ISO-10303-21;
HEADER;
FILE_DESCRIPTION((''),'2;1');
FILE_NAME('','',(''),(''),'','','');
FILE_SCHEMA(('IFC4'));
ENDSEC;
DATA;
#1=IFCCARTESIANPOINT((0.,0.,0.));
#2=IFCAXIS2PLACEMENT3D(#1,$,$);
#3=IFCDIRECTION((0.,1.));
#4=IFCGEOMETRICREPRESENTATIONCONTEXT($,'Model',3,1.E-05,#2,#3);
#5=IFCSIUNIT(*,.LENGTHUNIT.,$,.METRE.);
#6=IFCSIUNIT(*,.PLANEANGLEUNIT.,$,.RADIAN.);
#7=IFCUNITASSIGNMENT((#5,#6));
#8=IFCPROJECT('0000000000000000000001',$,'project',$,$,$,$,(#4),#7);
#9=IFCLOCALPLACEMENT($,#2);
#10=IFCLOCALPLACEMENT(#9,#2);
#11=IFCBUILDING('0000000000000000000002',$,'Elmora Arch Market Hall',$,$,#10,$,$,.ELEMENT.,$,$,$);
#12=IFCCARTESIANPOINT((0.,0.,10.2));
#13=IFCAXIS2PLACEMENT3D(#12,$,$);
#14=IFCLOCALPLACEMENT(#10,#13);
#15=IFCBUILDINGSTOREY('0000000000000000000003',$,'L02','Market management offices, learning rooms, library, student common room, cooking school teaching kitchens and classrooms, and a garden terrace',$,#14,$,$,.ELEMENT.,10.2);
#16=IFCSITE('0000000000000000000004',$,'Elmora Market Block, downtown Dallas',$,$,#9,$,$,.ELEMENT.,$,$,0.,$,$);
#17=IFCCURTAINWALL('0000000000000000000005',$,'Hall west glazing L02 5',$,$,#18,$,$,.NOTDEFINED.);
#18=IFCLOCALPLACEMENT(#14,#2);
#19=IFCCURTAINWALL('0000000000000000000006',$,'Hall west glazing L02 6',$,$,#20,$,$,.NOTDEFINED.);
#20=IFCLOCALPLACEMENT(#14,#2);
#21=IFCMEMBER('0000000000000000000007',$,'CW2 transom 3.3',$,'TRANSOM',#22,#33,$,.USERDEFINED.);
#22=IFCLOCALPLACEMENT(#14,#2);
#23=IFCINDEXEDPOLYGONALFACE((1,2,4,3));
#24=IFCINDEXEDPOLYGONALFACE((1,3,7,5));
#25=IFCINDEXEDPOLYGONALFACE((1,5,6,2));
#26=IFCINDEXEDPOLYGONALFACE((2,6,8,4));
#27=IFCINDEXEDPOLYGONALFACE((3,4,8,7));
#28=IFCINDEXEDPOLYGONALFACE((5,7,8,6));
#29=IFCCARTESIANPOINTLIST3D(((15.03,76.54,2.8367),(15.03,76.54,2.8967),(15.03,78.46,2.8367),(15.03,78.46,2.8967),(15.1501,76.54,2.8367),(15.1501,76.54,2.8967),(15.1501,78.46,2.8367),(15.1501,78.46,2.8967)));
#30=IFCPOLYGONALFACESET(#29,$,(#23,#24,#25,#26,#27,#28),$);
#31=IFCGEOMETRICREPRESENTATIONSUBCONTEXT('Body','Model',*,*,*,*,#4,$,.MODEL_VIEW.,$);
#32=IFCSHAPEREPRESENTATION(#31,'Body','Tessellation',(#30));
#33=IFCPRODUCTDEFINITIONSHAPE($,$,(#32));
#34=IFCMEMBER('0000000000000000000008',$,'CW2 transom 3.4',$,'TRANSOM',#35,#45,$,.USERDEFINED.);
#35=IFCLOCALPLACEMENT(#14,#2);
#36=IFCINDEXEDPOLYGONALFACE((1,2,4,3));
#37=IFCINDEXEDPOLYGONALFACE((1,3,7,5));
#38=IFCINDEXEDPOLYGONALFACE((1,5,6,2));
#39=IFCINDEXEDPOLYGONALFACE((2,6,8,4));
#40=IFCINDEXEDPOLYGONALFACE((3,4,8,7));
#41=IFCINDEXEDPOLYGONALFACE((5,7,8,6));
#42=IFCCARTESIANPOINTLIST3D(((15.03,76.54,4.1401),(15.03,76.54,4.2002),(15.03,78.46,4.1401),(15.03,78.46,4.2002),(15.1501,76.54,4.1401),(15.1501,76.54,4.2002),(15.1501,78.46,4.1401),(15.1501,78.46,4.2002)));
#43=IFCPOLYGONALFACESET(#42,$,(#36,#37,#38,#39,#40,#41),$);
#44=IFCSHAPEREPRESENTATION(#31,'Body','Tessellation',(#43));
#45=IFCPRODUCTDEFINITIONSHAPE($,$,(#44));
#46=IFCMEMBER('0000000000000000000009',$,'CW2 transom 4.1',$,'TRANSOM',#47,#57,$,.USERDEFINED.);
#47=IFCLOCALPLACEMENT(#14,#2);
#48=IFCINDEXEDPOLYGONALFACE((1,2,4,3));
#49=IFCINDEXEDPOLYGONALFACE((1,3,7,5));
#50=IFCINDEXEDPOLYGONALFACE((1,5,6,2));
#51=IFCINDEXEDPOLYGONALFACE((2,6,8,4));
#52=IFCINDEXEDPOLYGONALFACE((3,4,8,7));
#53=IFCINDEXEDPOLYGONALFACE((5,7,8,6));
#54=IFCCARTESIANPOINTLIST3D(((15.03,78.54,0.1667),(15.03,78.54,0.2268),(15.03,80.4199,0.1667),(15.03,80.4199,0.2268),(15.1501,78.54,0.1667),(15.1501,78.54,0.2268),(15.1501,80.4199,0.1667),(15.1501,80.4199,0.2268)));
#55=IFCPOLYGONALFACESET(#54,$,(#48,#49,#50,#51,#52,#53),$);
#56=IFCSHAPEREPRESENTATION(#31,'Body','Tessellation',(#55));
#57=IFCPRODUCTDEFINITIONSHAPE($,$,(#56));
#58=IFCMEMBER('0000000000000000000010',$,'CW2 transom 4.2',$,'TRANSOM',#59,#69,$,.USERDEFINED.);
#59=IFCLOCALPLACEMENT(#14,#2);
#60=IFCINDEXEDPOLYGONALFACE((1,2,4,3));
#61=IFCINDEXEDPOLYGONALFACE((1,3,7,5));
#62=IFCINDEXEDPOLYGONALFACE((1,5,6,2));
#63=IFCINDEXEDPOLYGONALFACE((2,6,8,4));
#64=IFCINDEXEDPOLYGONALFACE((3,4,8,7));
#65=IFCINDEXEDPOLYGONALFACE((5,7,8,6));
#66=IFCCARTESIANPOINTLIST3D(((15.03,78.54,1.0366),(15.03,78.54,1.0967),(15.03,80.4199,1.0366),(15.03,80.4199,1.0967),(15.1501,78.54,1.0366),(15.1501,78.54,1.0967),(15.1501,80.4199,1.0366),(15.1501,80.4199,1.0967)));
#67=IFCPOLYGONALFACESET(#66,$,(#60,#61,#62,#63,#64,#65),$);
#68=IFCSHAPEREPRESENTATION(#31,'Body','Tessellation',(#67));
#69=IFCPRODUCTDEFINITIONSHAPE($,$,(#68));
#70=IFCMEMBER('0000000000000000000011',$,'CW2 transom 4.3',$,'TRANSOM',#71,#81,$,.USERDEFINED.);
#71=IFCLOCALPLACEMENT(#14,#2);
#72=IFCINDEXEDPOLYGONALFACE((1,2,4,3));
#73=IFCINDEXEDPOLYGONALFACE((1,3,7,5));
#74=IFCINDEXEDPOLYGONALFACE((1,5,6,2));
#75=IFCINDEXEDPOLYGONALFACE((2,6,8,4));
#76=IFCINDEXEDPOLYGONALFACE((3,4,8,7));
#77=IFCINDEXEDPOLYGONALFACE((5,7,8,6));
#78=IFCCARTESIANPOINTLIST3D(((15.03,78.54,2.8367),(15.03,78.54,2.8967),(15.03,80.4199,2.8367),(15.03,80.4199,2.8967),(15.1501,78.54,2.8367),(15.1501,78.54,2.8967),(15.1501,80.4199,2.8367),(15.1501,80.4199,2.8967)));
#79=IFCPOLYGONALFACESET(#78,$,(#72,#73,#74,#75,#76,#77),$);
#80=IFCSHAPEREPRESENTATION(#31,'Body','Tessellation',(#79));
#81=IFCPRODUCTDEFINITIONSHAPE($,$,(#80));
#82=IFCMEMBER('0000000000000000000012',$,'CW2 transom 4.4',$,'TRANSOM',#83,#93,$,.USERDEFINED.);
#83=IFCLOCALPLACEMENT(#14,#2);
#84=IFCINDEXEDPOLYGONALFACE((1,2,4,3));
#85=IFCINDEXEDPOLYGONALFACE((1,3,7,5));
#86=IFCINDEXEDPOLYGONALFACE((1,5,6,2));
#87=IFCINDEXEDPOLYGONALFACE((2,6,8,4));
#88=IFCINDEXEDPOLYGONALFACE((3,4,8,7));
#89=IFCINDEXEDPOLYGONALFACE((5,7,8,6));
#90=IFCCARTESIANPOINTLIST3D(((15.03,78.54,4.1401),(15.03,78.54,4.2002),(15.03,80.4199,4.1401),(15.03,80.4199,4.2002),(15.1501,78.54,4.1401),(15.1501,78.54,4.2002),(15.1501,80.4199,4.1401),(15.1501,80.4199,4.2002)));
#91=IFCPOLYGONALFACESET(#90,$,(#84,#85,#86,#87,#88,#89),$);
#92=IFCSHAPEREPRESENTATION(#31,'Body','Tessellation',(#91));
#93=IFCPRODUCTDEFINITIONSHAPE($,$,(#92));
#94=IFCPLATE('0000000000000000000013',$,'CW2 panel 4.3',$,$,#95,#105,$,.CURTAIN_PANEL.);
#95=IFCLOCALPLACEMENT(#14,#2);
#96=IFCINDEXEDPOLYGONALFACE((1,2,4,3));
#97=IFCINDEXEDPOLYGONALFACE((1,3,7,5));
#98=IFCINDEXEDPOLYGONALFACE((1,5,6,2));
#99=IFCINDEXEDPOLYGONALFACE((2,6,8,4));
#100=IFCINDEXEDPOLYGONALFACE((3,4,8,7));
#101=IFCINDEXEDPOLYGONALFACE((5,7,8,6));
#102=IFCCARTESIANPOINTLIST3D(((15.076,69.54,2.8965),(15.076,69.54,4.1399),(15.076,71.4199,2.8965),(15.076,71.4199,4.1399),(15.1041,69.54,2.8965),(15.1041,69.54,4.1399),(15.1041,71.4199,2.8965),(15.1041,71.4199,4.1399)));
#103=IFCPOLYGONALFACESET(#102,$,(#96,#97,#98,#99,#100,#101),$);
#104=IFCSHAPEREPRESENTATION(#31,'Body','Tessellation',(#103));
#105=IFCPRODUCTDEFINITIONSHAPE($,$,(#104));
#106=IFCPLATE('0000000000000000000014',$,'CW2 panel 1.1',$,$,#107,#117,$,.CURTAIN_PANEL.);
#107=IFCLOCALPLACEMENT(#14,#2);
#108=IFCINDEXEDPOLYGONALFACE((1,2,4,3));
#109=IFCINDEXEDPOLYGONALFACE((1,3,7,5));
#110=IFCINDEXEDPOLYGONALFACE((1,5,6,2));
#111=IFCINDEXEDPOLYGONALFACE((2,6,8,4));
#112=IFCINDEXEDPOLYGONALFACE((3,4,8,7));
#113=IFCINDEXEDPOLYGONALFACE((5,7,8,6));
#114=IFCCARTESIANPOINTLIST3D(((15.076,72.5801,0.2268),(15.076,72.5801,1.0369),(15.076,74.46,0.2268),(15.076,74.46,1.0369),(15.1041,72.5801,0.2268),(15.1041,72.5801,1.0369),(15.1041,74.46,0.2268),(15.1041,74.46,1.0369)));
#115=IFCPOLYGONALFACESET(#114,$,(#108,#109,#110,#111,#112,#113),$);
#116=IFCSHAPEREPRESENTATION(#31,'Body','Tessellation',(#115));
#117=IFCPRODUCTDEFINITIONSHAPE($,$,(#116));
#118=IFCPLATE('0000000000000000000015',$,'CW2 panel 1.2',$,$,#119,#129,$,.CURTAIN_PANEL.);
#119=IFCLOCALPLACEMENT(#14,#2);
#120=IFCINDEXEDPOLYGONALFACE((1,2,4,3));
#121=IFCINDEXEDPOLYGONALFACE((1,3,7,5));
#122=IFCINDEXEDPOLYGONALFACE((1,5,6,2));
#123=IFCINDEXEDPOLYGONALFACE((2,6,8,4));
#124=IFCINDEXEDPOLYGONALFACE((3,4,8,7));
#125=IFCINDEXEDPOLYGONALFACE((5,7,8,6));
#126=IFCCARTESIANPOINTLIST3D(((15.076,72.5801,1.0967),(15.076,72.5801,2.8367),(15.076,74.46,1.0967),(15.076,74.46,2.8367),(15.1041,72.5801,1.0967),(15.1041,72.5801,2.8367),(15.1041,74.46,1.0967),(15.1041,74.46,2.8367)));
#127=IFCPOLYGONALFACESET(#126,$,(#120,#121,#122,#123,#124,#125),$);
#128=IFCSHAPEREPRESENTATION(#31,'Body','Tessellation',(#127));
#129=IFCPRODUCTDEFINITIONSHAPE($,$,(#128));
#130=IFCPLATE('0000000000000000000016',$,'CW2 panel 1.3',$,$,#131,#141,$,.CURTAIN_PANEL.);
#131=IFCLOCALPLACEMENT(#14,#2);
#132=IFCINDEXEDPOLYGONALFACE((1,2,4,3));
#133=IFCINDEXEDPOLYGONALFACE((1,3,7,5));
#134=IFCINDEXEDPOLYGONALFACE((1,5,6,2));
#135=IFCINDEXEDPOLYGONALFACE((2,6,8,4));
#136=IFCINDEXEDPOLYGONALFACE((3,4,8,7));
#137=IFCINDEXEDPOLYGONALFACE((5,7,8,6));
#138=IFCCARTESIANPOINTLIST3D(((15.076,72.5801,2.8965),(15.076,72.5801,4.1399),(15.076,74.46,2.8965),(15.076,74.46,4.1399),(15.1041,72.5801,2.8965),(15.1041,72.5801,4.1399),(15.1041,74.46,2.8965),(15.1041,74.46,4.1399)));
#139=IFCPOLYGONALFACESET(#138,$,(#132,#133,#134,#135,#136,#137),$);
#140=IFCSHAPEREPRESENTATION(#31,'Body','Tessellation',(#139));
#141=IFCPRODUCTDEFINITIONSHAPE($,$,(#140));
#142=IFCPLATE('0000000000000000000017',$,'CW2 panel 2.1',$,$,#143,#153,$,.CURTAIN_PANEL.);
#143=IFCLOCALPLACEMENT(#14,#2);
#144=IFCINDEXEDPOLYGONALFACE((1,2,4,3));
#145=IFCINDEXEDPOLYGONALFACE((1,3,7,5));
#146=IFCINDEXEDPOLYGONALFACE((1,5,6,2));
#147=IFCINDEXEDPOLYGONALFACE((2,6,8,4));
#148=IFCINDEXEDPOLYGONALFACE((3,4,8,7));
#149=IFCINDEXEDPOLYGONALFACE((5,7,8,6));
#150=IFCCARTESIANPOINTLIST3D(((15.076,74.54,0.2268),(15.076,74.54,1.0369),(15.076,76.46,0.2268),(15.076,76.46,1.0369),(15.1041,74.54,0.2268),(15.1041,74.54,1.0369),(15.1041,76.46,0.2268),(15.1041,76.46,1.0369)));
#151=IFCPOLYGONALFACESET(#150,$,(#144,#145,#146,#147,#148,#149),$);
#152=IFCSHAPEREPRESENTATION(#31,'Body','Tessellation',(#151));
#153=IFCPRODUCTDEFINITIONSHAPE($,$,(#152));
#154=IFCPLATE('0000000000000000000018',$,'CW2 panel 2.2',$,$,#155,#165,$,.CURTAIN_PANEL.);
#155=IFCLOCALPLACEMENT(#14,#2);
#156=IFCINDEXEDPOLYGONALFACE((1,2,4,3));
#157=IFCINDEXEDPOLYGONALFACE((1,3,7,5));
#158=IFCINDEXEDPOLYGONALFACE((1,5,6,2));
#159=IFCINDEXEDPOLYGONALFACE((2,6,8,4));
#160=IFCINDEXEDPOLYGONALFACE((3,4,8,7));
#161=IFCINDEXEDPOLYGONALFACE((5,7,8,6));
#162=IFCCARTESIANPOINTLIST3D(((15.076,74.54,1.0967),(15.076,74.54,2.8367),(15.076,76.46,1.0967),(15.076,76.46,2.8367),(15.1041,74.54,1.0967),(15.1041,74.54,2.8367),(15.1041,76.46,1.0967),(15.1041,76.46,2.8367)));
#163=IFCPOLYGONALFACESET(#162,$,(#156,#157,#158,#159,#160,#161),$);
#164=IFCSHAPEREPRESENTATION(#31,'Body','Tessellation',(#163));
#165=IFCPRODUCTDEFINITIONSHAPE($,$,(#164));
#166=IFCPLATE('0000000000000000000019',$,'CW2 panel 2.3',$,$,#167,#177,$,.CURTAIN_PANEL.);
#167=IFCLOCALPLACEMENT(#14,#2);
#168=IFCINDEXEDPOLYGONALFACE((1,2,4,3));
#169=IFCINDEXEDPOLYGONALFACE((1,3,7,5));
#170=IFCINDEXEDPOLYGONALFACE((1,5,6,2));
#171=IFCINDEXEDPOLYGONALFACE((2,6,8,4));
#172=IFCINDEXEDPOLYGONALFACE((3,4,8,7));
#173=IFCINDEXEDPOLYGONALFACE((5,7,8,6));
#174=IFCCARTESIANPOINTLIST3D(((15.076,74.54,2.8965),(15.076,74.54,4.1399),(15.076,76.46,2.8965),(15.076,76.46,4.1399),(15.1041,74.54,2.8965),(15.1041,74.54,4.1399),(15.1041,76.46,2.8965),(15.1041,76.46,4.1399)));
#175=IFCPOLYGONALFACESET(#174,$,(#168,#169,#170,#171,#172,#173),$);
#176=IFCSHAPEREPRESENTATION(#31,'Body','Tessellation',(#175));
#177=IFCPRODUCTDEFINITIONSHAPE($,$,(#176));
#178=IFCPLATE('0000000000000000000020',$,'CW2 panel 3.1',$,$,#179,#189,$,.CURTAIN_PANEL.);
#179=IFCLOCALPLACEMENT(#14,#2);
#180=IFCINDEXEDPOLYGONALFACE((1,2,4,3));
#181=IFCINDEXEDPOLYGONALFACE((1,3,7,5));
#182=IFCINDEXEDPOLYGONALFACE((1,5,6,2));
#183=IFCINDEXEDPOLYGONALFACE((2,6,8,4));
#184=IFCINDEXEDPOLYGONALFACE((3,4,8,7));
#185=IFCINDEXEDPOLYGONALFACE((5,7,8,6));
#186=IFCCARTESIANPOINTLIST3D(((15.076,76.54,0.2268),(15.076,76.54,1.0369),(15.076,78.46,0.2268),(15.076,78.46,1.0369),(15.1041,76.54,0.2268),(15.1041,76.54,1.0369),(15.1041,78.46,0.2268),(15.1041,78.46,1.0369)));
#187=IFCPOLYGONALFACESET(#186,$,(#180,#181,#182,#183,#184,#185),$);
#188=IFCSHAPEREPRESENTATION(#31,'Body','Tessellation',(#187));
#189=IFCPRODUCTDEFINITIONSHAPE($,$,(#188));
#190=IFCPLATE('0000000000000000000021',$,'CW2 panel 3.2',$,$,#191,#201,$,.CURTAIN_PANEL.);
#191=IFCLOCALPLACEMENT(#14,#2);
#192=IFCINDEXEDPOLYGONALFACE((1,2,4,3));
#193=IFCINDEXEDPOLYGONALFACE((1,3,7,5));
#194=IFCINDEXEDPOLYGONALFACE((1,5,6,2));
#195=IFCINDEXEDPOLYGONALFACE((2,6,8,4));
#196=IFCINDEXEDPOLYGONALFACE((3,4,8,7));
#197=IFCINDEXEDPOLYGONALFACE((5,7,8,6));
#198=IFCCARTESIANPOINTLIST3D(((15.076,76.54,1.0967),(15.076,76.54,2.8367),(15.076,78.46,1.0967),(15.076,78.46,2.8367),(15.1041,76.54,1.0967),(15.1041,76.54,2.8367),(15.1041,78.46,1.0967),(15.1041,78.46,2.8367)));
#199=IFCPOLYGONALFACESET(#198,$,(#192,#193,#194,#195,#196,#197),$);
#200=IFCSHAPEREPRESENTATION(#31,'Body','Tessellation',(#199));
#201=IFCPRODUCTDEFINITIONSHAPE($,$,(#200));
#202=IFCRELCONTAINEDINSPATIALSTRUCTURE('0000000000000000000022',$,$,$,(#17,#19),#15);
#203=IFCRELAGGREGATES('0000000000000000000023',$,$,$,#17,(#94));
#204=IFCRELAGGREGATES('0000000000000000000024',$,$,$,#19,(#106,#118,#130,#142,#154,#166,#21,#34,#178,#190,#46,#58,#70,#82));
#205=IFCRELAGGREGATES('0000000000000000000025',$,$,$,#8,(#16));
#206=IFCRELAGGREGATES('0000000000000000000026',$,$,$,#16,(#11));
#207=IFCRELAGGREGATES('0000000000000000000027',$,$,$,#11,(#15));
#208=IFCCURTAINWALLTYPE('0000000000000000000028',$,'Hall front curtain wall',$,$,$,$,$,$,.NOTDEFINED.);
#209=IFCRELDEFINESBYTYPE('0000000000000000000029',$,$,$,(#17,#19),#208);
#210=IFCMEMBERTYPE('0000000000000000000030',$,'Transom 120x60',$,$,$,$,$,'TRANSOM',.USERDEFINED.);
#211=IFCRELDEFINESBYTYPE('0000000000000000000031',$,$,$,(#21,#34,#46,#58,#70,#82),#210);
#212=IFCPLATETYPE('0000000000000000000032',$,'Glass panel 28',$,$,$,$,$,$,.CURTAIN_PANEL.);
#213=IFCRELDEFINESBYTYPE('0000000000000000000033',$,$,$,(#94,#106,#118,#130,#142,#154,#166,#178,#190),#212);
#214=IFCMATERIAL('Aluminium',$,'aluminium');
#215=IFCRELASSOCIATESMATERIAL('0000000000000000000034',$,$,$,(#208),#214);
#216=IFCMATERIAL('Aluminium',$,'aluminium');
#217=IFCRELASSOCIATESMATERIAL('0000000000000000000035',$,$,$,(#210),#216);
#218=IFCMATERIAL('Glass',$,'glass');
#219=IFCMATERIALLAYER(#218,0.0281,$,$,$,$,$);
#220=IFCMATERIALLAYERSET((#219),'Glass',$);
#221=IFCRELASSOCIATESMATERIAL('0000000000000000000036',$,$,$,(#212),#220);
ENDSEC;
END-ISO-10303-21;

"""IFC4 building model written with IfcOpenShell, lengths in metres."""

from ifc_helpers import new_model, si_unit, direction, frame, origin, origin_2d, place, context, subcontext, project, spatial, rectangle, extrude, material, layer, layer_set, material_profile, profile_set, type_object, element, aggregate, save


model = new_model("IFC4")

# Units and contexts
model_context = context("Model", 3, precision=1e-05, world=origin(), true_north=direction((0.0, 1.0)))
body_context = subcontext(model_context, "Body", "Model", "MODEL_VIEW")
ifc_project = project(units=[si_unit("LENGTHUNIT", "METRE"), si_unit("PLANEANGLEUNIT", "RADIAN")], contexts=[model_context])

# Site, building, storey
site_placement = place(None, origin())
site = spatial("IfcSite", under=ifc_project, at=site_placement, Name="Elmora Market Block, downtown Dallas", CompositionType="ELEMENT", RefElevation=0.0)
building_placement = place(site_placement, origin())
building = spatial("IfcBuilding", under=site, at=building_placement, Name="Elmora Arch Market Hall", CompositionType="ELEMENT")
storey_placement = place(building_placement, frame((0.0, 0.0, 10.2)))
storey = spatial("IfcBuildingStorey", under=building, at=storey_placement, Name="L02", Description="Market management offices, learning rooms, library, student common room, cooking school teaching kitchens and classrooms, and a garden terrace", CompositionType="ELEMENT", Elevation=10.2)

# Curtain wall
ifc_material_1 = material(Name="Aluminium", Category="aluminium")
curtain_wall_type = type_object("IfcCurtainWallType", Name="Hall front curtain wall", PredefinedType="NOTDEFINED", material=ifc_material_1)
curtain_wall_1_placement = place(storey_placement, origin())
curtain_wall_1 = element("IfcCurtainWall", 1, at=curtain_wall_1_placement, inside=storey, type_object=curtain_wall_type, Name="Hall west glazing L02 5", PredefinedType="NOTDEFINED")

# Curtain wall, members
curtain_wall_2_placement = place(storey_placement, origin())
curtain_wall_2 = element("IfcCurtainWall", 2, at=curtain_wall_2_placement, inside=storey, type_object=curtain_wall_type, Name="Hall west glazing L02 6", PredefinedType="NOTDEFINED")
ifc_material_2 = material(Name="Aluminium", Category="aluminium")
ifc_material_profile_1 = material_profile(ifc_material_2, rectangle(XDim=0.1201, YDim=0.0601, at=origin_2d()), Name="AL 120x60")
ifc_profile_set_1 = profile_set([ifc_material_profile_1], Name="Aluminium")
member_type_1 = type_object("IfcMemberType", Name="Transom 120x60", ElementType="TRANSOM", PredefinedType="USERDEFINED", material=ifc_profile_set_1)
member_1_placement = place(storey_placement, frame((15.0901, 76.54, 2.8667), z_axis=(0.0, 1.0, 0.0), x_axis=(-1.0, 0.0, 0.0)))
member_1 = element("IfcMember", 3, at=member_1_placement, type_object=member_type_1, Name="CW2 transom 3.3", ObjectType="TRANSOM", PredefinedType="USERDEFINED", context=body_context, shape_type="SweptSolid", body=[
    extrude(rectangle(XDim=0.1201, YDim=0.0601, at=origin_2d()), origin(), (0.0, 0.0, 1.0), 1.9199),
])
member_2_placement = place(storey_placement, frame((15.0901, 76.54, 4.1702), z_axis=(0.0, 1.0, 0.0), x_axis=(-1.0, 0.0, 0.0)))
member_2 = element("IfcMember", 4, at=member_2_placement, type_object=member_type_1, Name="CW2 transom 3.4", ObjectType="TRANSOM", PredefinedType="USERDEFINED", context=body_context, shape_type="SweptSolid", body=[
    extrude(rectangle(XDim=0.1201, YDim=0.0601, at=origin_2d()), origin(), (0.0, 0.0, 1.0), 1.9199),
])
member_3_placement = place(storey_placement, frame((15.0901, 78.54, 0.1968), z_axis=(0.0, 1.0, 0.0), x_axis=(-1.0, 0.0, 0.0)))
member_3 = element("IfcMember", 5, at=member_3_placement, type_object=member_type_1, Name="CW2 transom 4.1", ObjectType="TRANSOM", PredefinedType="USERDEFINED", context=body_context, shape_type="SweptSolid", body=[
    extrude(rectangle(XDim=0.1201, YDim=0.0601, at=origin_2d()), origin(), (0.0, 0.0, 1.0), 1.8799),
])
member_4_placement = place(storey_placement, frame((15.0901, 78.54, 1.0667), z_axis=(0.0, 1.0, 0.0), x_axis=(-1.0, 0.0, 0.0)))
member_4 = element("IfcMember", 6, at=member_4_placement, type_object=member_type_1, Name="CW2 transom 4.2", ObjectType="TRANSOM", PredefinedType="USERDEFINED", context=body_context, shape_type="SweptSolid", body=[
    extrude(rectangle(XDim=0.1201, YDim=0.0601, at=origin_2d()), origin(), (0.0, 0.0, 1.0), 1.8799),
])
member_5_placement = place(storey_placement, frame((15.0901, 78.54, 2.8667), z_axis=(0.0, 1.0, 0.0), x_axis=(-1.0, 0.0, 0.0)))
member_5 = element("IfcMember", 7, at=member_5_placement, type_object=member_type_1, Name="CW2 transom 4.3", ObjectType="TRANSOM", PredefinedType="USERDEFINED", context=body_context, shape_type="SweptSolid", body=[
    extrude(rectangle(XDim=0.1201, YDim=0.0601, at=origin_2d()), origin(), (0.0, 0.0, 1.0), 1.8799),
])
member_6_placement = place(storey_placement, frame((15.0901, 78.54, 4.1702), z_axis=(0.0, 1.0, 0.0), x_axis=(-1.0, 0.0, 0.0)))
member_6 = element("IfcMember", 8, at=member_6_placement, type_object=member_type_1, Name="CW2 transom 4.4", ObjectType="TRANSOM", PredefinedType="USERDEFINED", context=body_context, shape_type="SweptSolid", body=[
    extrude(rectangle(XDim=0.1201, YDim=0.0601, at=origin_2d()), origin(), (0.0, 0.0, 1.0), 1.8799),
])

# Plates
ifc_material_3 = material(Name="Glass", Category="glass")
ifc_layer = layer(ifc_material_3, 0.0281)
ifc_layer_set = layer_set([ifc_layer], Name="Glass")
plate_type = type_object("IfcPlateType", Name="Glass panel 28", PredefinedType="CURTAIN_PANEL", material=ifc_layer_set)
plate_1_placement = place(storey_placement, frame((15.0901, 70.48, 2.8965), z_axis=(0.0, 0.0, 1.0), x_axis=(0.0, 1.0, 0.0)))
plate_1 = element("IfcPlate", 9, at=plate_1_placement, type_object=plate_type, Name="CW2 panel 4.3", PredefinedType="CURTAIN_PANEL", context=body_context, shape_type="SweptSolid", body=[
    extrude(rectangle(XDim=1.8799, YDim=0.0281, at=origin_2d()), origin(), (0.0, 0.0, 1.0), 1.2434),
])
aggregate(curtain_wall_1, [plate_1])
plate_2_placement = place(storey_placement, frame((15.0901, 73.52, 0.2268), z_axis=(0.0, 0.0, 1.0), x_axis=(0.0, 1.0, 0.0)))
plate_2 = element("IfcPlate", 10, at=plate_2_placement, type_object=plate_type, Name="CW2 panel 1.1", PredefinedType="CURTAIN_PANEL", context=body_context, shape_type="SweptSolid", body=[
    extrude(rectangle(XDim=1.8799, YDim=0.0281, at=origin_2d()), origin(), (0.0, 0.0, 1.0), 0.8101),
])
plate_3_placement = place(storey_placement, frame((15.0901, 73.52, 1.0967), z_axis=(0.0, 0.0, 1.0), x_axis=(0.0, 1.0, 0.0)))
plate_3 = element("IfcPlate", 11, at=plate_3_placement, type_object=plate_type, Name="CW2 panel 1.2", PredefinedType="CURTAIN_PANEL", context=body_context, shape_type="SweptSolid", body=[
    extrude(rectangle(XDim=1.8799, YDim=0.0281, at=origin_2d()), origin(), (0.0, 0.0, 1.0), 1.74),
])
plate_4_placement = place(storey_placement, frame((15.0901, 73.52, 2.8965), z_axis=(0.0, 0.0, 1.0), x_axis=(0.0, 1.0, 0.0)))
plate_4 = element("IfcPlate", 12, at=plate_4_placement, type_object=plate_type, Name="CW2 panel 1.3", PredefinedType="CURTAIN_PANEL", context=body_context, shape_type="SweptSolid", body=[
    extrude(rectangle(XDim=1.8799, YDim=0.0281, at=origin_2d()), origin(), (0.0, 0.0, 1.0), 1.2434),
])
plate_5_placement = place(storey_placement, frame((15.0901, 75.5, 0.2268), z_axis=(0.0, 0.0, 1.0), x_axis=(0.0, 1.0, 0.0)))
plate_5 = element("IfcPlate", 13, at=plate_5_placement, type_object=plate_type, Name="CW2 panel 2.1", PredefinedType="CURTAIN_PANEL", context=body_context, shape_type="SweptSolid", body=[
    extrude(rectangle(XDim=1.9199, YDim=0.0281, at=origin_2d()), origin(), (0.0, 0.0, 1.0), 0.8101),
])
plate_6_placement = place(storey_placement, frame((15.0901, 75.5, 1.0967), z_axis=(0.0, 0.0, 1.0), x_axis=(0.0, 1.0, 0.0)))
plate_6 = element("IfcPlate", 14, at=plate_6_placement, type_object=plate_type, Name="CW2 panel 2.2", PredefinedType="CURTAIN_PANEL", context=body_context, shape_type="SweptSolid", body=[
    extrude(rectangle(XDim=1.9199, YDim=0.0281, at=origin_2d()), origin(), (0.0, 0.0, 1.0), 1.74),
])
plate_7_placement = place(storey_placement, frame((15.0901, 75.5, 2.8965), z_axis=(0.0, 0.0, 1.0), x_axis=(0.0, 1.0, 0.0)))
plate_7 = element("IfcPlate", 15, at=plate_7_placement, type_object=plate_type, Name="CW2 panel 2.3", PredefinedType="CURTAIN_PANEL", context=body_context, shape_type="SweptSolid", body=[
    extrude(rectangle(XDim=1.9199, YDim=0.0281, at=origin_2d()), origin(), (0.0, 0.0, 1.0), 1.2434),
])
plate_8_placement = place(storey_placement, frame((15.0901, 77.5, 0.2268), z_axis=(0.0, 0.0, 1.0), x_axis=(0.0, 1.0, 0.0)))
plate_8 = element("IfcPlate", 16, at=plate_8_placement, type_object=plate_type, Name="CW2 panel 3.1", PredefinedType="CURTAIN_PANEL", context=body_context, shape_type="SweptSolid", body=[
    extrude(rectangle(XDim=1.9199, YDim=0.0281, at=origin_2d()), origin(), (0.0, 0.0, 1.0), 0.8101),
])
plate_9_placement = place(storey_placement, frame((15.0901, 77.5, 1.0967), z_axis=(0.0, 0.0, 1.0), x_axis=(0.0, 1.0, 0.0)))
plate_9 = element("IfcPlate", 17, at=plate_9_placement, type_object=plate_type, Name="CW2 panel 3.2", PredefinedType="CURTAIN_PANEL", context=body_context, shape_type="SweptSolid", body=[
    extrude(rectangle(XDim=1.9199, YDim=0.0281, at=origin_2d()), origin(), (0.0, 0.0, 1.0), 1.74),
])
aggregate(curtain_wall_2, [plate_2, plate_3, plate_4, plate_5, plate_6, plate_7, member_1, member_2, plate_8, plate_9, member_3, member_4, member_5, member_6])

save(model, "model.ifc")
